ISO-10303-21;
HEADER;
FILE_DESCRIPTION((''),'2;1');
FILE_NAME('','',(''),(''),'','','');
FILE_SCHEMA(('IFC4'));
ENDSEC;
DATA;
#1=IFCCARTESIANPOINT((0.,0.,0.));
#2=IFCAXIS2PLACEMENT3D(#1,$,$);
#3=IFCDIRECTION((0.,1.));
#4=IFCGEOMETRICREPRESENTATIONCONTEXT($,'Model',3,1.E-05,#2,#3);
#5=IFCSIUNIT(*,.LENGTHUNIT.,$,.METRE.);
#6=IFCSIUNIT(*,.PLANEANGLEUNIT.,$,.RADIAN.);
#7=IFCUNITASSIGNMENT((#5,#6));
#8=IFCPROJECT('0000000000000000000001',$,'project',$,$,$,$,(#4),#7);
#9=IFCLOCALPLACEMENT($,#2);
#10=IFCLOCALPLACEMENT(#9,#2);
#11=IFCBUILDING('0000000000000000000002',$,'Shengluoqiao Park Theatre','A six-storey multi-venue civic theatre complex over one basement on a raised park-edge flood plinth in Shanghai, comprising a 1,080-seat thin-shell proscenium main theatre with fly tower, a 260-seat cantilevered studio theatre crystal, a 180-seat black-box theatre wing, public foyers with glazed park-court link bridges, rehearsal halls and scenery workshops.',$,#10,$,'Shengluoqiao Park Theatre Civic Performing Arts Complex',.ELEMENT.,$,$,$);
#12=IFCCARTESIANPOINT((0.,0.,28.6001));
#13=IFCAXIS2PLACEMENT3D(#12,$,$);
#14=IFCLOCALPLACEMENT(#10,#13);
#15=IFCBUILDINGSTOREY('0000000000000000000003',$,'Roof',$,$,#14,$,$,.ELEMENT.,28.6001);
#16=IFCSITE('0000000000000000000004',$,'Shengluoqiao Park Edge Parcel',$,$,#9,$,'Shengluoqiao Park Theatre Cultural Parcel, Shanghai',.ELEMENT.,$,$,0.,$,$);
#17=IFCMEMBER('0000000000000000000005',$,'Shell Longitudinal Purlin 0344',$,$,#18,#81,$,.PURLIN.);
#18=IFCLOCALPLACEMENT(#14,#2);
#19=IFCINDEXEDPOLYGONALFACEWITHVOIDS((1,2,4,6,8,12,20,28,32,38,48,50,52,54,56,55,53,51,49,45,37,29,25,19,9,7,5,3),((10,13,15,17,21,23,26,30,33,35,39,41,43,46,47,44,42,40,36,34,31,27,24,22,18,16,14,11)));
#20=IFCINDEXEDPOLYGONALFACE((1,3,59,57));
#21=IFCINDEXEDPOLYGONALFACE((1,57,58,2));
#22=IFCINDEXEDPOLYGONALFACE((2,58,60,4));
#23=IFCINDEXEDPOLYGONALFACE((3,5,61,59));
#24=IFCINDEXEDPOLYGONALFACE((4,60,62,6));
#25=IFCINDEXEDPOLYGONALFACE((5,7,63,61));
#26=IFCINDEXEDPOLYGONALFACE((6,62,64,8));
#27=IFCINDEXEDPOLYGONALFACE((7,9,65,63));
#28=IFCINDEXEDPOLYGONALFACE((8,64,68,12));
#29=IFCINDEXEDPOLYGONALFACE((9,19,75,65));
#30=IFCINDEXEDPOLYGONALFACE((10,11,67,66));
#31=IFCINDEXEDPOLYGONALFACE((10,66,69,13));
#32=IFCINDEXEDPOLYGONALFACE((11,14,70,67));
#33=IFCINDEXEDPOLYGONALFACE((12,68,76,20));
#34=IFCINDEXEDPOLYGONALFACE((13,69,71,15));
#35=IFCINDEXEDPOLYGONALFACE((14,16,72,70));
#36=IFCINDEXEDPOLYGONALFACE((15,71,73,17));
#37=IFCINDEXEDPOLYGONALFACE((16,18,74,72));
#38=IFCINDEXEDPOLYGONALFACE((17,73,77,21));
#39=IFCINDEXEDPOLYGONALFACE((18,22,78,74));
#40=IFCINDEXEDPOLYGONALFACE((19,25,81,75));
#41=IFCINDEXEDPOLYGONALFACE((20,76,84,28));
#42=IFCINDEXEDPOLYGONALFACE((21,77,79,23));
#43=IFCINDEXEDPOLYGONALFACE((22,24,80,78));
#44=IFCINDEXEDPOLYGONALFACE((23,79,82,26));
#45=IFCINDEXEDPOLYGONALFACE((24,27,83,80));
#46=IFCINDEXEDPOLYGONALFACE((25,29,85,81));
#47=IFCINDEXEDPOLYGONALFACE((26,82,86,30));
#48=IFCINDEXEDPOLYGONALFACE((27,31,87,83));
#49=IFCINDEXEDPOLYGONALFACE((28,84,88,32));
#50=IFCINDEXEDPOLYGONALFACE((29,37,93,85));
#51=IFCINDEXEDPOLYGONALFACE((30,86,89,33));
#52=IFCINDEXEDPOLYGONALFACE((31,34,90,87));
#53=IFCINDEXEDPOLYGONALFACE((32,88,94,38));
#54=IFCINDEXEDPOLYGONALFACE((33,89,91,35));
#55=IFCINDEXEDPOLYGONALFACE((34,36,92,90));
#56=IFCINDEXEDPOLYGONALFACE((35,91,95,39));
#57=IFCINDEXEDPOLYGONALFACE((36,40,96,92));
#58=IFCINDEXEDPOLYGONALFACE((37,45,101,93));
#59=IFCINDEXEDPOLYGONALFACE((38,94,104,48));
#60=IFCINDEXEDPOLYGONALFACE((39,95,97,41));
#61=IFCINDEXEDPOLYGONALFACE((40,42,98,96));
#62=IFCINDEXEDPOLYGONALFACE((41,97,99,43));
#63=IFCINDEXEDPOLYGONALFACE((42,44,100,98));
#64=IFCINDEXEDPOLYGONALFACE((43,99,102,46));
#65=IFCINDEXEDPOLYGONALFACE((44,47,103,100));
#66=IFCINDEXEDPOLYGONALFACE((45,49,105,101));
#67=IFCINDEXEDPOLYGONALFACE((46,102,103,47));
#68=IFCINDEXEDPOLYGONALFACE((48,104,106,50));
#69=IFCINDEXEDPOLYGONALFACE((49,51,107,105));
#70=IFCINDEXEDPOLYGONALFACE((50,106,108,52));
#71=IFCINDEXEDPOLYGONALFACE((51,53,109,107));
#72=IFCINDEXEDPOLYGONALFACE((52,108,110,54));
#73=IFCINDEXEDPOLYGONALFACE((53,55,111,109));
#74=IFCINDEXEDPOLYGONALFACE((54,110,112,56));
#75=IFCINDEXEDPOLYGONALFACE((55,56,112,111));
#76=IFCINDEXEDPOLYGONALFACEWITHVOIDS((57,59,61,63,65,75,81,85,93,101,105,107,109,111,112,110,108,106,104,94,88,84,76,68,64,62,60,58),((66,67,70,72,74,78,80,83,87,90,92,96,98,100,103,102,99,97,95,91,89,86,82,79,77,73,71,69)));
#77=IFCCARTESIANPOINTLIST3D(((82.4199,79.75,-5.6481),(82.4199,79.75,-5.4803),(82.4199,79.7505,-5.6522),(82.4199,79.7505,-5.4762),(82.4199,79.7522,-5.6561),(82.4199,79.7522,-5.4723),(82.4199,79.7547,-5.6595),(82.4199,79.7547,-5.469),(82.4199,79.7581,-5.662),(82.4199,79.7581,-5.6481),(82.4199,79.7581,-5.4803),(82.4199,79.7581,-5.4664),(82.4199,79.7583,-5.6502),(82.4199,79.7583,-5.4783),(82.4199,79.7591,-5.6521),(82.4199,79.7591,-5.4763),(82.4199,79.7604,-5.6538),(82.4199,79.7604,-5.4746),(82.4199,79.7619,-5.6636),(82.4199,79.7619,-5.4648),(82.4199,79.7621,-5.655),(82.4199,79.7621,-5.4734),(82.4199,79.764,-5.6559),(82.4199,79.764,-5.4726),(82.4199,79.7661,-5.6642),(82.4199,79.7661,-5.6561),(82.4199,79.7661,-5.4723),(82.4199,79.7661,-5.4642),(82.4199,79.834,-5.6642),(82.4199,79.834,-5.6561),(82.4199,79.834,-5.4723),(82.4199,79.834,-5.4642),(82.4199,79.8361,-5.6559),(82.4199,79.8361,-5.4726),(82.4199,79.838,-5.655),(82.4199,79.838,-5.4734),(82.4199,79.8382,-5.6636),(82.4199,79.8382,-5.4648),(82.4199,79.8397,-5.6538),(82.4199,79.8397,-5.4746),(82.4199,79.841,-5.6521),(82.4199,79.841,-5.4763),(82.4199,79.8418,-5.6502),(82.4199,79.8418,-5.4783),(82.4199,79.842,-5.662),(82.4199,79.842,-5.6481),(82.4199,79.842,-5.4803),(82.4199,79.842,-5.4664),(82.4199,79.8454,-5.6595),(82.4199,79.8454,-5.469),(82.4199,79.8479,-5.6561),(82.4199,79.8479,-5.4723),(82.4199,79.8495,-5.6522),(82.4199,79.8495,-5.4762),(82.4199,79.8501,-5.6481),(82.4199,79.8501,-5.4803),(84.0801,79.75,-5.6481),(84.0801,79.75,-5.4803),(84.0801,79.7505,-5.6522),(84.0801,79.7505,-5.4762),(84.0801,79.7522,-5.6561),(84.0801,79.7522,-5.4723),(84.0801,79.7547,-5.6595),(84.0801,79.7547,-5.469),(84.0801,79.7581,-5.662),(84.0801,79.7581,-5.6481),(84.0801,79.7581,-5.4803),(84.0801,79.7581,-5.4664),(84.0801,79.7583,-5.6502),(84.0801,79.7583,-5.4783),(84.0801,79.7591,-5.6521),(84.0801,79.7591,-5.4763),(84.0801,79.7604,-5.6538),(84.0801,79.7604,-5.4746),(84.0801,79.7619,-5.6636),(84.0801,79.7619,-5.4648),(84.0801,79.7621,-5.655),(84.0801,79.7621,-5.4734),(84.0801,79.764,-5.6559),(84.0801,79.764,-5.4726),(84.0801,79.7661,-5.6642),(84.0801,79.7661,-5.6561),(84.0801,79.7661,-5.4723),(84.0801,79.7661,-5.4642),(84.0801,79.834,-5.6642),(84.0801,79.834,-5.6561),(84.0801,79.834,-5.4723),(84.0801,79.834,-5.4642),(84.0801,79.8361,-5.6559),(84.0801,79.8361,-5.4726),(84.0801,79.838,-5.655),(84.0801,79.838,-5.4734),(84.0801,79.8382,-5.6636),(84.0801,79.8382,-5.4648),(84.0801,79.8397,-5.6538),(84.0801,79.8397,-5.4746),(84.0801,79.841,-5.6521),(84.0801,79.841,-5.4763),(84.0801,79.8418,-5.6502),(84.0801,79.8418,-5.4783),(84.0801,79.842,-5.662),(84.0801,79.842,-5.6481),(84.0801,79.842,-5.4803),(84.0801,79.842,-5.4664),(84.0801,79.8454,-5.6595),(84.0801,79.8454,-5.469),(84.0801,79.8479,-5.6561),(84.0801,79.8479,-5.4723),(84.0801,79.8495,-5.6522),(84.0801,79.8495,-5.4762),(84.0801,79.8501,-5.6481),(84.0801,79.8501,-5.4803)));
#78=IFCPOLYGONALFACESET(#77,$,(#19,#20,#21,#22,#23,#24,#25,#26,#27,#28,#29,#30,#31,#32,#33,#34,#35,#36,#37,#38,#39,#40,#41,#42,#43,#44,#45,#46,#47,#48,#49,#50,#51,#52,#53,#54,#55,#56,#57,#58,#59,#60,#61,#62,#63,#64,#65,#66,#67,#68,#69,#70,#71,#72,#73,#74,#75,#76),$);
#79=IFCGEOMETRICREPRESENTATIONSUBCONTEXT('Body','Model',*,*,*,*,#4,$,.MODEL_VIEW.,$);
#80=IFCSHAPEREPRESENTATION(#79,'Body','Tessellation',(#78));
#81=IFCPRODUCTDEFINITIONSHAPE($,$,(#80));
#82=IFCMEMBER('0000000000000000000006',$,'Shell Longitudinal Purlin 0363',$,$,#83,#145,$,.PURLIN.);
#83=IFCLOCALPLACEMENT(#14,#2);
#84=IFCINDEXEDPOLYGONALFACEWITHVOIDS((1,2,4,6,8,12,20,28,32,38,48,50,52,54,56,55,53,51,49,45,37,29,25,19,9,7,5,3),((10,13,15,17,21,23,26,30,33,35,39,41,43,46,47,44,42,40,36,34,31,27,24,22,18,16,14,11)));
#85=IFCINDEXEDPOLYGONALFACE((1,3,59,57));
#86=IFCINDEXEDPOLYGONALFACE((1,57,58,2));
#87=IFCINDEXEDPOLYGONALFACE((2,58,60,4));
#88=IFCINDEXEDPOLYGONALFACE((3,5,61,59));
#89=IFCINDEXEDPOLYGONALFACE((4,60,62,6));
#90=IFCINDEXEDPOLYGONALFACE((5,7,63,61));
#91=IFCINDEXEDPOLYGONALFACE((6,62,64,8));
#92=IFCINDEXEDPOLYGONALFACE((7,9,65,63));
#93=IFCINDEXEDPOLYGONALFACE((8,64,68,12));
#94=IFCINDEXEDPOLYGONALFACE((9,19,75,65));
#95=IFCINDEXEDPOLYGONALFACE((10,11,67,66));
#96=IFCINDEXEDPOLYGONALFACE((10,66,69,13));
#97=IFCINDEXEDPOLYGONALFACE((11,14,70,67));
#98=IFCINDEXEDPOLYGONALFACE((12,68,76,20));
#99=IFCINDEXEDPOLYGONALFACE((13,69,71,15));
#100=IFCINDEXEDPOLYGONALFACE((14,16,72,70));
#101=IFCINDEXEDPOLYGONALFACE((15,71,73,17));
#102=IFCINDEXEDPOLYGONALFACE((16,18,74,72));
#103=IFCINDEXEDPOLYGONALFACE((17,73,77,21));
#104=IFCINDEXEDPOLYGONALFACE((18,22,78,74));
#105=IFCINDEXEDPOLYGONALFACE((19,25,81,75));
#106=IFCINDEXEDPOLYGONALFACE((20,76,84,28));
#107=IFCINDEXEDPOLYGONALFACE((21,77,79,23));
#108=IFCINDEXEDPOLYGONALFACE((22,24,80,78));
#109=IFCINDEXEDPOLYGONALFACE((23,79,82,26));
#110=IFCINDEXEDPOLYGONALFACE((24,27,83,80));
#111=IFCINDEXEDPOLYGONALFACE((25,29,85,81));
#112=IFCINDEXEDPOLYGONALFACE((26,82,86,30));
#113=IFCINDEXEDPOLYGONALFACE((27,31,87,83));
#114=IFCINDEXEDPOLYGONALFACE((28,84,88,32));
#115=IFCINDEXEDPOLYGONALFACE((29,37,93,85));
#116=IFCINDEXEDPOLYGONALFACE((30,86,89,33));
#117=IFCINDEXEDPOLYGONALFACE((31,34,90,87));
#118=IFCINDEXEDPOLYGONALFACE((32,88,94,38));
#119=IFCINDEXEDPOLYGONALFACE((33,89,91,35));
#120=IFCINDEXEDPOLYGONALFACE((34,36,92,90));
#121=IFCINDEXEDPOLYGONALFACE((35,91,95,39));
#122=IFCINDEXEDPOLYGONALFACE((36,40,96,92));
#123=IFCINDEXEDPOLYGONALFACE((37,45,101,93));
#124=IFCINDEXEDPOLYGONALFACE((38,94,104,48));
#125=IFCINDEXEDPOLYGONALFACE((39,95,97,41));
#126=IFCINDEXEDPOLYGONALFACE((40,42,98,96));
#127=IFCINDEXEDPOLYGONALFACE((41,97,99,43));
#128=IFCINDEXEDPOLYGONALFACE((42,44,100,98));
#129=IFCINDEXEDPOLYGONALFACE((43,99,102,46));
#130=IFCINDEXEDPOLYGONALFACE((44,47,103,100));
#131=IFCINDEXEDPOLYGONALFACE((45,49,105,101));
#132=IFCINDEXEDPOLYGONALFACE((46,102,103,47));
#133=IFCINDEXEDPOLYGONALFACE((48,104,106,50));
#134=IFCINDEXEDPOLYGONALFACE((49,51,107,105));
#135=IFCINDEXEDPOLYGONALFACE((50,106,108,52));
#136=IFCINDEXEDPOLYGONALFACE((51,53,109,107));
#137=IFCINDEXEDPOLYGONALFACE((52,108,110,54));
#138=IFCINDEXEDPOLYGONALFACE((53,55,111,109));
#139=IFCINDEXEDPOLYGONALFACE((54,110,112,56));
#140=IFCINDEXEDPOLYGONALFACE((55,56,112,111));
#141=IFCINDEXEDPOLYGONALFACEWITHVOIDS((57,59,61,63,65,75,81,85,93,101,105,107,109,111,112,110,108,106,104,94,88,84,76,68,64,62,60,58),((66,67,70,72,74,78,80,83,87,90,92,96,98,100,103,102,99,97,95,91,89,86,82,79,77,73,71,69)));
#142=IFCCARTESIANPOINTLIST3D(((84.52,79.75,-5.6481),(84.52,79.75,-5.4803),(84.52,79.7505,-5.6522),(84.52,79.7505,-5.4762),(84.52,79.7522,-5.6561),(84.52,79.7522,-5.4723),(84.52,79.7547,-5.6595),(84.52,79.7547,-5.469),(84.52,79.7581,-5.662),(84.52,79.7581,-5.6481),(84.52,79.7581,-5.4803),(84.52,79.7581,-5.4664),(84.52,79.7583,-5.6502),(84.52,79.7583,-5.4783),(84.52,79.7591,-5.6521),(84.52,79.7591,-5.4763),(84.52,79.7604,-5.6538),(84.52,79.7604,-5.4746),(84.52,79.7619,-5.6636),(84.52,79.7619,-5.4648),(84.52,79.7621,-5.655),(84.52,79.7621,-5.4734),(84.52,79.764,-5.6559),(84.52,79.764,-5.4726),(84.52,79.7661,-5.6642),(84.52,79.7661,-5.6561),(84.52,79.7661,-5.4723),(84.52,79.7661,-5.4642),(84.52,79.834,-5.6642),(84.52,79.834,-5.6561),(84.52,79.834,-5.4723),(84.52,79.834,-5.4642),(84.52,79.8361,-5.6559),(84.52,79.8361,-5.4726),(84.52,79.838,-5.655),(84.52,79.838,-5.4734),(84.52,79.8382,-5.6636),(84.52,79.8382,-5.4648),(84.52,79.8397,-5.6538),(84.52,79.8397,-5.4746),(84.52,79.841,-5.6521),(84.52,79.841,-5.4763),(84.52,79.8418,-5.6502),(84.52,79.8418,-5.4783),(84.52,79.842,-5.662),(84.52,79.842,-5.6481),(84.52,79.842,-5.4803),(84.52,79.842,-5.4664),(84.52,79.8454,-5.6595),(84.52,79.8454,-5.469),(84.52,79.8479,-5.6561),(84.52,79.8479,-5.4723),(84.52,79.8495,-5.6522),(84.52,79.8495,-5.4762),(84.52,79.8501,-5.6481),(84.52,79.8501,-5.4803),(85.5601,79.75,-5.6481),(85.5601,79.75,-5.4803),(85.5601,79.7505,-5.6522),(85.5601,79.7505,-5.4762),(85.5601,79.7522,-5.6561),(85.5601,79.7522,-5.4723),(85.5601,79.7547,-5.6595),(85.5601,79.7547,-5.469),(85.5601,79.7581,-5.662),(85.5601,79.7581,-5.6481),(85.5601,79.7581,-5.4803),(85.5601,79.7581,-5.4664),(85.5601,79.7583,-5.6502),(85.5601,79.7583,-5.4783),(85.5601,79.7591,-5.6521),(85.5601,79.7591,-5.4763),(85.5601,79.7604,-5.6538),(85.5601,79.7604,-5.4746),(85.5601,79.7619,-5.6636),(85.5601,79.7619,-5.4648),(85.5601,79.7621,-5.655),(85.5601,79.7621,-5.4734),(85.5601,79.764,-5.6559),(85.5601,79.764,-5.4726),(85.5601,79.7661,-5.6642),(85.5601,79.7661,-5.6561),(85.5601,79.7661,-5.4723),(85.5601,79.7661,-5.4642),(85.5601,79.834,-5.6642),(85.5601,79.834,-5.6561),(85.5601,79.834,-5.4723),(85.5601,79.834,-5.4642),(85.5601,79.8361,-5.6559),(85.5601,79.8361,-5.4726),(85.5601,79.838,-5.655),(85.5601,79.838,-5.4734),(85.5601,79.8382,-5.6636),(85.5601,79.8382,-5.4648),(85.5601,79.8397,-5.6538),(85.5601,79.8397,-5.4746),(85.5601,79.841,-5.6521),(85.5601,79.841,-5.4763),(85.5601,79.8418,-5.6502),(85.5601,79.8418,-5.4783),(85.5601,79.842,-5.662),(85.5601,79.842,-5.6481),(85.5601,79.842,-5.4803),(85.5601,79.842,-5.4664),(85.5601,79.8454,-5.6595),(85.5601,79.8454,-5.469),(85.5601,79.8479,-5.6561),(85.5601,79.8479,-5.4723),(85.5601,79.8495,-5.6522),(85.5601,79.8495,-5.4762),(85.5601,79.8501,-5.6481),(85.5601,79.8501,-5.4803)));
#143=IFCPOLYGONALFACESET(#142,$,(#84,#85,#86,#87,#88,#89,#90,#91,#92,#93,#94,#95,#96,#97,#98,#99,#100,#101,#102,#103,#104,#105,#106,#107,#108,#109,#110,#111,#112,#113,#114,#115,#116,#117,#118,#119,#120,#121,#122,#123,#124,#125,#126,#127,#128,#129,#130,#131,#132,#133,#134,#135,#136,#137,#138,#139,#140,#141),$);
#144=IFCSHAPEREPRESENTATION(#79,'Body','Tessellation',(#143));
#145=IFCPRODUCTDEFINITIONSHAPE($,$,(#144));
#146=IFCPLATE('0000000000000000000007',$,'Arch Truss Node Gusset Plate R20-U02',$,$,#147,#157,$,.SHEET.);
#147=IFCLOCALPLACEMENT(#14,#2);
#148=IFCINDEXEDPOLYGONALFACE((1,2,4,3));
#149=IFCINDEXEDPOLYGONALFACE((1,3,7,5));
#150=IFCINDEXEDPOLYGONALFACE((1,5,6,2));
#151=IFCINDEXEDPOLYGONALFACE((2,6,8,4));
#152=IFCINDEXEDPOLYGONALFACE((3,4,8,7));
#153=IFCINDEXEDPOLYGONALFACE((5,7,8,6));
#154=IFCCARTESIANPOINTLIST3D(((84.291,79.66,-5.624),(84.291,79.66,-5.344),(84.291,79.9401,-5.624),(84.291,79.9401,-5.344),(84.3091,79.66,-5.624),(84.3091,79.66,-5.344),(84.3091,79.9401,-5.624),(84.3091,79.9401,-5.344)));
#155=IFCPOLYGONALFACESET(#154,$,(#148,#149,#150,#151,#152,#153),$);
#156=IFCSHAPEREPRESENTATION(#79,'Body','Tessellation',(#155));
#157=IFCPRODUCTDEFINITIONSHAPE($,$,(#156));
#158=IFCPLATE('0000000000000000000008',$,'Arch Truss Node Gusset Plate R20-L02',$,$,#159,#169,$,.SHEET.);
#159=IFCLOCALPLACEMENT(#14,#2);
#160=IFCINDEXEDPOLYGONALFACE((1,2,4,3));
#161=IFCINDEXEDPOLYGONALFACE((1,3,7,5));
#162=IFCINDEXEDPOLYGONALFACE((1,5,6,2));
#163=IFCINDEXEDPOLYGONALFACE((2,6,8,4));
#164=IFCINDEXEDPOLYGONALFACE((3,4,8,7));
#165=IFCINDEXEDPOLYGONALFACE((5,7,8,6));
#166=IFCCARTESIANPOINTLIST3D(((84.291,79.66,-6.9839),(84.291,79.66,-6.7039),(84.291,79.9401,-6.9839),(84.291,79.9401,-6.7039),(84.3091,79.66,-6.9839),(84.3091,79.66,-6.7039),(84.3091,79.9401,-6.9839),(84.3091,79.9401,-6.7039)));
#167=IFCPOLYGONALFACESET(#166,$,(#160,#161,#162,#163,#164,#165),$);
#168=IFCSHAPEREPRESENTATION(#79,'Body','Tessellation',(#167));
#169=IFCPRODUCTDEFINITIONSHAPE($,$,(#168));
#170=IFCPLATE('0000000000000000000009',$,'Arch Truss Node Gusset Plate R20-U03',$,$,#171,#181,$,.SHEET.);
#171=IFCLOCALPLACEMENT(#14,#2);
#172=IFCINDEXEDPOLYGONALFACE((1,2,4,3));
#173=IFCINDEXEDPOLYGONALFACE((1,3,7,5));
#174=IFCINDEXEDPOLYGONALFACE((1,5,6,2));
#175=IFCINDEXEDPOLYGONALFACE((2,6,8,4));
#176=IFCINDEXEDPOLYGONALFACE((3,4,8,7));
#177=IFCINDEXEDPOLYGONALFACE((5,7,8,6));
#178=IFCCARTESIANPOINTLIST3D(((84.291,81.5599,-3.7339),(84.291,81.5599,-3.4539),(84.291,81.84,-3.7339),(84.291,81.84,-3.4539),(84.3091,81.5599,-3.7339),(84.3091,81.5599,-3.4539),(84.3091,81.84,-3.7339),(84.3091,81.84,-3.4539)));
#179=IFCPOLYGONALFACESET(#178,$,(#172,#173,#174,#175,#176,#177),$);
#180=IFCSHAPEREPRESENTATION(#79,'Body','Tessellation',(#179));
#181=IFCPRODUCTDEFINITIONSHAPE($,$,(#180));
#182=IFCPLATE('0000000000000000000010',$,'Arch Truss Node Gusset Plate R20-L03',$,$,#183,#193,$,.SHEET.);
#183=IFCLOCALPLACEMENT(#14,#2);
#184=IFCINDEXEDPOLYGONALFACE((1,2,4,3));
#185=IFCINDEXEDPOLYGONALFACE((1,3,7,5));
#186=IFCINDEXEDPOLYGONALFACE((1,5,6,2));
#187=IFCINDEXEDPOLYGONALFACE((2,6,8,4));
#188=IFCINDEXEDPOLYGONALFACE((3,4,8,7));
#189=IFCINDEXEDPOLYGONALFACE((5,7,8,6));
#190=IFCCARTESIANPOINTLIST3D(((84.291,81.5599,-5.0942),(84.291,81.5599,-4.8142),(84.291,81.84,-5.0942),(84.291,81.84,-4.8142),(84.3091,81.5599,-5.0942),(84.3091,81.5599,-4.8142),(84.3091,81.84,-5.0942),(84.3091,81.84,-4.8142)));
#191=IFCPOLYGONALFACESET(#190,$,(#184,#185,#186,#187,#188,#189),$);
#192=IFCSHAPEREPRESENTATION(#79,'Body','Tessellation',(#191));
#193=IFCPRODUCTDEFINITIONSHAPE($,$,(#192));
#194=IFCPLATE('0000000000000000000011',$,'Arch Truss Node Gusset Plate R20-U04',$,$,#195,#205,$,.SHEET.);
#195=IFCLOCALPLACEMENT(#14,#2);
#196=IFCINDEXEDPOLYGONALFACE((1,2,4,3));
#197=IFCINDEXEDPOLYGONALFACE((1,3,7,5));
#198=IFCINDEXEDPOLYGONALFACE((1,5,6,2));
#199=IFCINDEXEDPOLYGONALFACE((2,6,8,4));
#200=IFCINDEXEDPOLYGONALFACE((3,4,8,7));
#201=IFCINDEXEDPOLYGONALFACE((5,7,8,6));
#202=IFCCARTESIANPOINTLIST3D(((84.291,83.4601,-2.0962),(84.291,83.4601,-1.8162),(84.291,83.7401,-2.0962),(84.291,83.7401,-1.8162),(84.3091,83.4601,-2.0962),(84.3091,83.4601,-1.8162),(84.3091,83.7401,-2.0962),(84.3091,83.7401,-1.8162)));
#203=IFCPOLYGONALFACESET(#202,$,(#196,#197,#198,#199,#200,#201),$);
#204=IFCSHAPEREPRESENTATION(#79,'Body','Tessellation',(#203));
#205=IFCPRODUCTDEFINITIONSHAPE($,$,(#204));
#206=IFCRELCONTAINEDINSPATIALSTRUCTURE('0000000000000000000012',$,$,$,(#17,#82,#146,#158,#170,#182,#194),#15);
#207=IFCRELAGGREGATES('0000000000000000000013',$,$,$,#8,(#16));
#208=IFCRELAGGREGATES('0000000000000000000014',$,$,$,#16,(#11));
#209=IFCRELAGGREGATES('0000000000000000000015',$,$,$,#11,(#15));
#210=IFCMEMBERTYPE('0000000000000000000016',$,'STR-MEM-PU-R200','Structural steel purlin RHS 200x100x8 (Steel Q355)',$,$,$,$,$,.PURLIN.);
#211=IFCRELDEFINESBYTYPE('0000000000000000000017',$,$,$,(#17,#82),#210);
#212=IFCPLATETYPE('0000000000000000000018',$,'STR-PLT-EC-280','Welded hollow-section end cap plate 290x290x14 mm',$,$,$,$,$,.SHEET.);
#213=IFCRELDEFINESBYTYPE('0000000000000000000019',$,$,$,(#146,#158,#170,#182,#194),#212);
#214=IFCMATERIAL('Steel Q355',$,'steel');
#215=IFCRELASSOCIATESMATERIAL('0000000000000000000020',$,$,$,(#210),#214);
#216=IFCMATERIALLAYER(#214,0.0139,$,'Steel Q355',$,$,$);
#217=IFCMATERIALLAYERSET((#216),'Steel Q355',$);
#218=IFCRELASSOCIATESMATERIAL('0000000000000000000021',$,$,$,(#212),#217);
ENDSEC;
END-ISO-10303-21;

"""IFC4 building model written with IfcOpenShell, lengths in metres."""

from ifc_helpers import new_model, si_unit, direction, frame, origin, origin_2d, place, context, subcontext, project, spatial, rectangle, hollow_rectangle, extrude, material, layer, layer_set, material_profile, profile_set, type_object, element, save


model = new_model("IFC4")

# Units and contexts
model_context = context("Model", 3, precision=1e-05, world=origin(), true_north=direction((0.0, 1.0)))
body_context = subcontext(model_context, "Body", "Model", "MODEL_VIEW")
ifc_project = project(units=[si_unit("LENGTHUNIT", "METRE"), si_unit("PLANEANGLEUNIT", "RADIAN")], contexts=[model_context])

# Site, building, storey
site_placement = place(None, origin())
site = spatial("IfcSite", under=ifc_project, at=site_placement, Name="Shengluoqiao Park Edge Parcel", LongName="Shengluoqiao Park Theatre Cultural Parcel, Shanghai", CompositionType="ELEMENT", RefElevation=0.0)
building_placement = place(site_placement, origin())
building = spatial("IfcBuilding", under=site, at=building_placement, Name="Shengluoqiao Park Theatre", Description="A six-storey multi-venue civic theatre complex over one basement on a raised park-edge flood plinth in Shanghai, comprising a 1,080-seat thin-shell proscenium main theatre with fly tower, a 260-seat cantilevered studio theatre crystal, a 180-seat black-box theatre wing, public foyers with glazed park-court link bridges, rehearsal halls and scenery workshops.", LongName="Shengluoqiao Park Theatre Civic Performing Arts Complex", CompositionType="ELEMENT")
storey_placement = place(building_placement, frame((0.0, 0.0, 28.6001)))
storey = spatial("IfcBuildingStorey", under=building, at=storey_placement, Name="Roof", CompositionType="ELEMENT", Elevation=28.6001)

# Shared definitions
ifc_material_1 = material(Name="Steel Q355", Category="steel")

# Members
ifc_material_profile_1 = material_profile(ifc_material_1, hollow_rectangle(XDim=0.1001, YDim=0.2, WallThickness=0.0081, InnerFilletRadius=0.0081, OuterFilletRadius=0.0161, at=origin_2d()), Name="RHS 200x100x8")
ifc_profile_set_1 = profile_set([ifc_material_profile_1], Name="Steel Q355")
member_type_1 = type_object("IfcMemberType", Name="STR-MEM-PU-R200", Description="Structural steel purlin RHS 200x100x8 (Steel Q355)", PredefinedType="PURLIN", material=ifc_profile_set_1)
member_1_placement = place(storey_placement, frame((82.4199, 79.8, -5.5642), z_axis=(1.0, 0.0, 0.0), x_axis=(0.0, 1.0, 0.0)))
element("IfcMember", 1, at=member_1_placement, inside=storey, type_object=member_type_1, Name="Shell Longitudinal Purlin 0344", PredefinedType="PURLIN", context=body_context, shape_type="SweptSolid", body=[
    extrude(hollow_rectangle(XDim=0.1001, YDim=0.2, WallThickness=0.0081, InnerFilletRadius=0.0081, OuterFilletRadius=0.0161, at=origin_2d()), origin(), (0.0, 0.0, 1.0), 1.6602),
])
member_2_placement = place(storey_placement, frame((84.52, 79.8, -5.5642), z_axis=(1.0, 0.0, 0.0), x_axis=(0.0, 1.0, 0.0)))
element("IfcMember", 2, at=member_2_placement, inside=storey, type_object=member_type_1, Name="Shell Longitudinal Purlin 0363", PredefinedType="PURLIN", context=body_context, shape_type="SweptSolid", body=[
    extrude(hollow_rectangle(XDim=0.1001, YDim=0.2, WallThickness=0.0081, InnerFilletRadius=0.0081, OuterFilletRadius=0.0161, at=origin_2d()), origin(), (0.0, 0.0, 1.0), 1.04),
])

# Plates
ifc_layer_1 = layer(ifc_material_1, 0.0139, Name="Steel Q355")
ifc_layer_set_1 = layer_set([ifc_layer_1], Name="Steel Q355")
plate_type_1 = type_object("IfcPlateType", Name="STR-PLT-EC-280", Description="Welded hollow-section end cap plate 290x290x14 mm", PredefinedType="SHEET", material=ifc_layer_set_1)
for number, where, z_axis, x_axis, name in (
    (3, (84.3, 79.8, -5.624), (0.0, 0.0, 1.0), (1.0, 0.0, 0.0), "Arch Truss Node Gusset Plate R20-U02"),
    (4, (84.3, 79.8, -6.9839), (0.0, 0.0, 1.0), (1.0, 0.0, 0.0), "Arch Truss Node Gusset Plate R20-L02"),
    (5, (84.3, 81.7, -3.7339), (0.0, 0.0, 1.0), (1.0, 0.0, 0.0), "Arch Truss Node Gusset Plate R20-U03"),
    (6, (84.3, 81.7, -5.0942), (0.0, 0.0, 1.0), (1.0, 0.0, 0.0), "Arch Truss Node Gusset Plate R20-L03"),
    (7, (84.3, 83.6001, -2.0962), (0.0, 0.0, 1.0), (1.0, 0.0, 0.0), "Arch Truss Node Gusset Plate R20-U04"),
):
    element("IfcPlate", number, at=place(storey_placement, frame(where, z_axis=z_axis, x_axis=x_axis)), inside=storey, type_object=plate_type_1, Name=name, PredefinedType="SHEET", context=body_context, shape_type="SweptSolid", body=[
        extrude(rectangle(XDim=0.0181, YDim=0.28, at=origin_2d()), origin(), (0.0, 0.0, 1.0), 0.28),
    ])

save(model, "model.ifc")
